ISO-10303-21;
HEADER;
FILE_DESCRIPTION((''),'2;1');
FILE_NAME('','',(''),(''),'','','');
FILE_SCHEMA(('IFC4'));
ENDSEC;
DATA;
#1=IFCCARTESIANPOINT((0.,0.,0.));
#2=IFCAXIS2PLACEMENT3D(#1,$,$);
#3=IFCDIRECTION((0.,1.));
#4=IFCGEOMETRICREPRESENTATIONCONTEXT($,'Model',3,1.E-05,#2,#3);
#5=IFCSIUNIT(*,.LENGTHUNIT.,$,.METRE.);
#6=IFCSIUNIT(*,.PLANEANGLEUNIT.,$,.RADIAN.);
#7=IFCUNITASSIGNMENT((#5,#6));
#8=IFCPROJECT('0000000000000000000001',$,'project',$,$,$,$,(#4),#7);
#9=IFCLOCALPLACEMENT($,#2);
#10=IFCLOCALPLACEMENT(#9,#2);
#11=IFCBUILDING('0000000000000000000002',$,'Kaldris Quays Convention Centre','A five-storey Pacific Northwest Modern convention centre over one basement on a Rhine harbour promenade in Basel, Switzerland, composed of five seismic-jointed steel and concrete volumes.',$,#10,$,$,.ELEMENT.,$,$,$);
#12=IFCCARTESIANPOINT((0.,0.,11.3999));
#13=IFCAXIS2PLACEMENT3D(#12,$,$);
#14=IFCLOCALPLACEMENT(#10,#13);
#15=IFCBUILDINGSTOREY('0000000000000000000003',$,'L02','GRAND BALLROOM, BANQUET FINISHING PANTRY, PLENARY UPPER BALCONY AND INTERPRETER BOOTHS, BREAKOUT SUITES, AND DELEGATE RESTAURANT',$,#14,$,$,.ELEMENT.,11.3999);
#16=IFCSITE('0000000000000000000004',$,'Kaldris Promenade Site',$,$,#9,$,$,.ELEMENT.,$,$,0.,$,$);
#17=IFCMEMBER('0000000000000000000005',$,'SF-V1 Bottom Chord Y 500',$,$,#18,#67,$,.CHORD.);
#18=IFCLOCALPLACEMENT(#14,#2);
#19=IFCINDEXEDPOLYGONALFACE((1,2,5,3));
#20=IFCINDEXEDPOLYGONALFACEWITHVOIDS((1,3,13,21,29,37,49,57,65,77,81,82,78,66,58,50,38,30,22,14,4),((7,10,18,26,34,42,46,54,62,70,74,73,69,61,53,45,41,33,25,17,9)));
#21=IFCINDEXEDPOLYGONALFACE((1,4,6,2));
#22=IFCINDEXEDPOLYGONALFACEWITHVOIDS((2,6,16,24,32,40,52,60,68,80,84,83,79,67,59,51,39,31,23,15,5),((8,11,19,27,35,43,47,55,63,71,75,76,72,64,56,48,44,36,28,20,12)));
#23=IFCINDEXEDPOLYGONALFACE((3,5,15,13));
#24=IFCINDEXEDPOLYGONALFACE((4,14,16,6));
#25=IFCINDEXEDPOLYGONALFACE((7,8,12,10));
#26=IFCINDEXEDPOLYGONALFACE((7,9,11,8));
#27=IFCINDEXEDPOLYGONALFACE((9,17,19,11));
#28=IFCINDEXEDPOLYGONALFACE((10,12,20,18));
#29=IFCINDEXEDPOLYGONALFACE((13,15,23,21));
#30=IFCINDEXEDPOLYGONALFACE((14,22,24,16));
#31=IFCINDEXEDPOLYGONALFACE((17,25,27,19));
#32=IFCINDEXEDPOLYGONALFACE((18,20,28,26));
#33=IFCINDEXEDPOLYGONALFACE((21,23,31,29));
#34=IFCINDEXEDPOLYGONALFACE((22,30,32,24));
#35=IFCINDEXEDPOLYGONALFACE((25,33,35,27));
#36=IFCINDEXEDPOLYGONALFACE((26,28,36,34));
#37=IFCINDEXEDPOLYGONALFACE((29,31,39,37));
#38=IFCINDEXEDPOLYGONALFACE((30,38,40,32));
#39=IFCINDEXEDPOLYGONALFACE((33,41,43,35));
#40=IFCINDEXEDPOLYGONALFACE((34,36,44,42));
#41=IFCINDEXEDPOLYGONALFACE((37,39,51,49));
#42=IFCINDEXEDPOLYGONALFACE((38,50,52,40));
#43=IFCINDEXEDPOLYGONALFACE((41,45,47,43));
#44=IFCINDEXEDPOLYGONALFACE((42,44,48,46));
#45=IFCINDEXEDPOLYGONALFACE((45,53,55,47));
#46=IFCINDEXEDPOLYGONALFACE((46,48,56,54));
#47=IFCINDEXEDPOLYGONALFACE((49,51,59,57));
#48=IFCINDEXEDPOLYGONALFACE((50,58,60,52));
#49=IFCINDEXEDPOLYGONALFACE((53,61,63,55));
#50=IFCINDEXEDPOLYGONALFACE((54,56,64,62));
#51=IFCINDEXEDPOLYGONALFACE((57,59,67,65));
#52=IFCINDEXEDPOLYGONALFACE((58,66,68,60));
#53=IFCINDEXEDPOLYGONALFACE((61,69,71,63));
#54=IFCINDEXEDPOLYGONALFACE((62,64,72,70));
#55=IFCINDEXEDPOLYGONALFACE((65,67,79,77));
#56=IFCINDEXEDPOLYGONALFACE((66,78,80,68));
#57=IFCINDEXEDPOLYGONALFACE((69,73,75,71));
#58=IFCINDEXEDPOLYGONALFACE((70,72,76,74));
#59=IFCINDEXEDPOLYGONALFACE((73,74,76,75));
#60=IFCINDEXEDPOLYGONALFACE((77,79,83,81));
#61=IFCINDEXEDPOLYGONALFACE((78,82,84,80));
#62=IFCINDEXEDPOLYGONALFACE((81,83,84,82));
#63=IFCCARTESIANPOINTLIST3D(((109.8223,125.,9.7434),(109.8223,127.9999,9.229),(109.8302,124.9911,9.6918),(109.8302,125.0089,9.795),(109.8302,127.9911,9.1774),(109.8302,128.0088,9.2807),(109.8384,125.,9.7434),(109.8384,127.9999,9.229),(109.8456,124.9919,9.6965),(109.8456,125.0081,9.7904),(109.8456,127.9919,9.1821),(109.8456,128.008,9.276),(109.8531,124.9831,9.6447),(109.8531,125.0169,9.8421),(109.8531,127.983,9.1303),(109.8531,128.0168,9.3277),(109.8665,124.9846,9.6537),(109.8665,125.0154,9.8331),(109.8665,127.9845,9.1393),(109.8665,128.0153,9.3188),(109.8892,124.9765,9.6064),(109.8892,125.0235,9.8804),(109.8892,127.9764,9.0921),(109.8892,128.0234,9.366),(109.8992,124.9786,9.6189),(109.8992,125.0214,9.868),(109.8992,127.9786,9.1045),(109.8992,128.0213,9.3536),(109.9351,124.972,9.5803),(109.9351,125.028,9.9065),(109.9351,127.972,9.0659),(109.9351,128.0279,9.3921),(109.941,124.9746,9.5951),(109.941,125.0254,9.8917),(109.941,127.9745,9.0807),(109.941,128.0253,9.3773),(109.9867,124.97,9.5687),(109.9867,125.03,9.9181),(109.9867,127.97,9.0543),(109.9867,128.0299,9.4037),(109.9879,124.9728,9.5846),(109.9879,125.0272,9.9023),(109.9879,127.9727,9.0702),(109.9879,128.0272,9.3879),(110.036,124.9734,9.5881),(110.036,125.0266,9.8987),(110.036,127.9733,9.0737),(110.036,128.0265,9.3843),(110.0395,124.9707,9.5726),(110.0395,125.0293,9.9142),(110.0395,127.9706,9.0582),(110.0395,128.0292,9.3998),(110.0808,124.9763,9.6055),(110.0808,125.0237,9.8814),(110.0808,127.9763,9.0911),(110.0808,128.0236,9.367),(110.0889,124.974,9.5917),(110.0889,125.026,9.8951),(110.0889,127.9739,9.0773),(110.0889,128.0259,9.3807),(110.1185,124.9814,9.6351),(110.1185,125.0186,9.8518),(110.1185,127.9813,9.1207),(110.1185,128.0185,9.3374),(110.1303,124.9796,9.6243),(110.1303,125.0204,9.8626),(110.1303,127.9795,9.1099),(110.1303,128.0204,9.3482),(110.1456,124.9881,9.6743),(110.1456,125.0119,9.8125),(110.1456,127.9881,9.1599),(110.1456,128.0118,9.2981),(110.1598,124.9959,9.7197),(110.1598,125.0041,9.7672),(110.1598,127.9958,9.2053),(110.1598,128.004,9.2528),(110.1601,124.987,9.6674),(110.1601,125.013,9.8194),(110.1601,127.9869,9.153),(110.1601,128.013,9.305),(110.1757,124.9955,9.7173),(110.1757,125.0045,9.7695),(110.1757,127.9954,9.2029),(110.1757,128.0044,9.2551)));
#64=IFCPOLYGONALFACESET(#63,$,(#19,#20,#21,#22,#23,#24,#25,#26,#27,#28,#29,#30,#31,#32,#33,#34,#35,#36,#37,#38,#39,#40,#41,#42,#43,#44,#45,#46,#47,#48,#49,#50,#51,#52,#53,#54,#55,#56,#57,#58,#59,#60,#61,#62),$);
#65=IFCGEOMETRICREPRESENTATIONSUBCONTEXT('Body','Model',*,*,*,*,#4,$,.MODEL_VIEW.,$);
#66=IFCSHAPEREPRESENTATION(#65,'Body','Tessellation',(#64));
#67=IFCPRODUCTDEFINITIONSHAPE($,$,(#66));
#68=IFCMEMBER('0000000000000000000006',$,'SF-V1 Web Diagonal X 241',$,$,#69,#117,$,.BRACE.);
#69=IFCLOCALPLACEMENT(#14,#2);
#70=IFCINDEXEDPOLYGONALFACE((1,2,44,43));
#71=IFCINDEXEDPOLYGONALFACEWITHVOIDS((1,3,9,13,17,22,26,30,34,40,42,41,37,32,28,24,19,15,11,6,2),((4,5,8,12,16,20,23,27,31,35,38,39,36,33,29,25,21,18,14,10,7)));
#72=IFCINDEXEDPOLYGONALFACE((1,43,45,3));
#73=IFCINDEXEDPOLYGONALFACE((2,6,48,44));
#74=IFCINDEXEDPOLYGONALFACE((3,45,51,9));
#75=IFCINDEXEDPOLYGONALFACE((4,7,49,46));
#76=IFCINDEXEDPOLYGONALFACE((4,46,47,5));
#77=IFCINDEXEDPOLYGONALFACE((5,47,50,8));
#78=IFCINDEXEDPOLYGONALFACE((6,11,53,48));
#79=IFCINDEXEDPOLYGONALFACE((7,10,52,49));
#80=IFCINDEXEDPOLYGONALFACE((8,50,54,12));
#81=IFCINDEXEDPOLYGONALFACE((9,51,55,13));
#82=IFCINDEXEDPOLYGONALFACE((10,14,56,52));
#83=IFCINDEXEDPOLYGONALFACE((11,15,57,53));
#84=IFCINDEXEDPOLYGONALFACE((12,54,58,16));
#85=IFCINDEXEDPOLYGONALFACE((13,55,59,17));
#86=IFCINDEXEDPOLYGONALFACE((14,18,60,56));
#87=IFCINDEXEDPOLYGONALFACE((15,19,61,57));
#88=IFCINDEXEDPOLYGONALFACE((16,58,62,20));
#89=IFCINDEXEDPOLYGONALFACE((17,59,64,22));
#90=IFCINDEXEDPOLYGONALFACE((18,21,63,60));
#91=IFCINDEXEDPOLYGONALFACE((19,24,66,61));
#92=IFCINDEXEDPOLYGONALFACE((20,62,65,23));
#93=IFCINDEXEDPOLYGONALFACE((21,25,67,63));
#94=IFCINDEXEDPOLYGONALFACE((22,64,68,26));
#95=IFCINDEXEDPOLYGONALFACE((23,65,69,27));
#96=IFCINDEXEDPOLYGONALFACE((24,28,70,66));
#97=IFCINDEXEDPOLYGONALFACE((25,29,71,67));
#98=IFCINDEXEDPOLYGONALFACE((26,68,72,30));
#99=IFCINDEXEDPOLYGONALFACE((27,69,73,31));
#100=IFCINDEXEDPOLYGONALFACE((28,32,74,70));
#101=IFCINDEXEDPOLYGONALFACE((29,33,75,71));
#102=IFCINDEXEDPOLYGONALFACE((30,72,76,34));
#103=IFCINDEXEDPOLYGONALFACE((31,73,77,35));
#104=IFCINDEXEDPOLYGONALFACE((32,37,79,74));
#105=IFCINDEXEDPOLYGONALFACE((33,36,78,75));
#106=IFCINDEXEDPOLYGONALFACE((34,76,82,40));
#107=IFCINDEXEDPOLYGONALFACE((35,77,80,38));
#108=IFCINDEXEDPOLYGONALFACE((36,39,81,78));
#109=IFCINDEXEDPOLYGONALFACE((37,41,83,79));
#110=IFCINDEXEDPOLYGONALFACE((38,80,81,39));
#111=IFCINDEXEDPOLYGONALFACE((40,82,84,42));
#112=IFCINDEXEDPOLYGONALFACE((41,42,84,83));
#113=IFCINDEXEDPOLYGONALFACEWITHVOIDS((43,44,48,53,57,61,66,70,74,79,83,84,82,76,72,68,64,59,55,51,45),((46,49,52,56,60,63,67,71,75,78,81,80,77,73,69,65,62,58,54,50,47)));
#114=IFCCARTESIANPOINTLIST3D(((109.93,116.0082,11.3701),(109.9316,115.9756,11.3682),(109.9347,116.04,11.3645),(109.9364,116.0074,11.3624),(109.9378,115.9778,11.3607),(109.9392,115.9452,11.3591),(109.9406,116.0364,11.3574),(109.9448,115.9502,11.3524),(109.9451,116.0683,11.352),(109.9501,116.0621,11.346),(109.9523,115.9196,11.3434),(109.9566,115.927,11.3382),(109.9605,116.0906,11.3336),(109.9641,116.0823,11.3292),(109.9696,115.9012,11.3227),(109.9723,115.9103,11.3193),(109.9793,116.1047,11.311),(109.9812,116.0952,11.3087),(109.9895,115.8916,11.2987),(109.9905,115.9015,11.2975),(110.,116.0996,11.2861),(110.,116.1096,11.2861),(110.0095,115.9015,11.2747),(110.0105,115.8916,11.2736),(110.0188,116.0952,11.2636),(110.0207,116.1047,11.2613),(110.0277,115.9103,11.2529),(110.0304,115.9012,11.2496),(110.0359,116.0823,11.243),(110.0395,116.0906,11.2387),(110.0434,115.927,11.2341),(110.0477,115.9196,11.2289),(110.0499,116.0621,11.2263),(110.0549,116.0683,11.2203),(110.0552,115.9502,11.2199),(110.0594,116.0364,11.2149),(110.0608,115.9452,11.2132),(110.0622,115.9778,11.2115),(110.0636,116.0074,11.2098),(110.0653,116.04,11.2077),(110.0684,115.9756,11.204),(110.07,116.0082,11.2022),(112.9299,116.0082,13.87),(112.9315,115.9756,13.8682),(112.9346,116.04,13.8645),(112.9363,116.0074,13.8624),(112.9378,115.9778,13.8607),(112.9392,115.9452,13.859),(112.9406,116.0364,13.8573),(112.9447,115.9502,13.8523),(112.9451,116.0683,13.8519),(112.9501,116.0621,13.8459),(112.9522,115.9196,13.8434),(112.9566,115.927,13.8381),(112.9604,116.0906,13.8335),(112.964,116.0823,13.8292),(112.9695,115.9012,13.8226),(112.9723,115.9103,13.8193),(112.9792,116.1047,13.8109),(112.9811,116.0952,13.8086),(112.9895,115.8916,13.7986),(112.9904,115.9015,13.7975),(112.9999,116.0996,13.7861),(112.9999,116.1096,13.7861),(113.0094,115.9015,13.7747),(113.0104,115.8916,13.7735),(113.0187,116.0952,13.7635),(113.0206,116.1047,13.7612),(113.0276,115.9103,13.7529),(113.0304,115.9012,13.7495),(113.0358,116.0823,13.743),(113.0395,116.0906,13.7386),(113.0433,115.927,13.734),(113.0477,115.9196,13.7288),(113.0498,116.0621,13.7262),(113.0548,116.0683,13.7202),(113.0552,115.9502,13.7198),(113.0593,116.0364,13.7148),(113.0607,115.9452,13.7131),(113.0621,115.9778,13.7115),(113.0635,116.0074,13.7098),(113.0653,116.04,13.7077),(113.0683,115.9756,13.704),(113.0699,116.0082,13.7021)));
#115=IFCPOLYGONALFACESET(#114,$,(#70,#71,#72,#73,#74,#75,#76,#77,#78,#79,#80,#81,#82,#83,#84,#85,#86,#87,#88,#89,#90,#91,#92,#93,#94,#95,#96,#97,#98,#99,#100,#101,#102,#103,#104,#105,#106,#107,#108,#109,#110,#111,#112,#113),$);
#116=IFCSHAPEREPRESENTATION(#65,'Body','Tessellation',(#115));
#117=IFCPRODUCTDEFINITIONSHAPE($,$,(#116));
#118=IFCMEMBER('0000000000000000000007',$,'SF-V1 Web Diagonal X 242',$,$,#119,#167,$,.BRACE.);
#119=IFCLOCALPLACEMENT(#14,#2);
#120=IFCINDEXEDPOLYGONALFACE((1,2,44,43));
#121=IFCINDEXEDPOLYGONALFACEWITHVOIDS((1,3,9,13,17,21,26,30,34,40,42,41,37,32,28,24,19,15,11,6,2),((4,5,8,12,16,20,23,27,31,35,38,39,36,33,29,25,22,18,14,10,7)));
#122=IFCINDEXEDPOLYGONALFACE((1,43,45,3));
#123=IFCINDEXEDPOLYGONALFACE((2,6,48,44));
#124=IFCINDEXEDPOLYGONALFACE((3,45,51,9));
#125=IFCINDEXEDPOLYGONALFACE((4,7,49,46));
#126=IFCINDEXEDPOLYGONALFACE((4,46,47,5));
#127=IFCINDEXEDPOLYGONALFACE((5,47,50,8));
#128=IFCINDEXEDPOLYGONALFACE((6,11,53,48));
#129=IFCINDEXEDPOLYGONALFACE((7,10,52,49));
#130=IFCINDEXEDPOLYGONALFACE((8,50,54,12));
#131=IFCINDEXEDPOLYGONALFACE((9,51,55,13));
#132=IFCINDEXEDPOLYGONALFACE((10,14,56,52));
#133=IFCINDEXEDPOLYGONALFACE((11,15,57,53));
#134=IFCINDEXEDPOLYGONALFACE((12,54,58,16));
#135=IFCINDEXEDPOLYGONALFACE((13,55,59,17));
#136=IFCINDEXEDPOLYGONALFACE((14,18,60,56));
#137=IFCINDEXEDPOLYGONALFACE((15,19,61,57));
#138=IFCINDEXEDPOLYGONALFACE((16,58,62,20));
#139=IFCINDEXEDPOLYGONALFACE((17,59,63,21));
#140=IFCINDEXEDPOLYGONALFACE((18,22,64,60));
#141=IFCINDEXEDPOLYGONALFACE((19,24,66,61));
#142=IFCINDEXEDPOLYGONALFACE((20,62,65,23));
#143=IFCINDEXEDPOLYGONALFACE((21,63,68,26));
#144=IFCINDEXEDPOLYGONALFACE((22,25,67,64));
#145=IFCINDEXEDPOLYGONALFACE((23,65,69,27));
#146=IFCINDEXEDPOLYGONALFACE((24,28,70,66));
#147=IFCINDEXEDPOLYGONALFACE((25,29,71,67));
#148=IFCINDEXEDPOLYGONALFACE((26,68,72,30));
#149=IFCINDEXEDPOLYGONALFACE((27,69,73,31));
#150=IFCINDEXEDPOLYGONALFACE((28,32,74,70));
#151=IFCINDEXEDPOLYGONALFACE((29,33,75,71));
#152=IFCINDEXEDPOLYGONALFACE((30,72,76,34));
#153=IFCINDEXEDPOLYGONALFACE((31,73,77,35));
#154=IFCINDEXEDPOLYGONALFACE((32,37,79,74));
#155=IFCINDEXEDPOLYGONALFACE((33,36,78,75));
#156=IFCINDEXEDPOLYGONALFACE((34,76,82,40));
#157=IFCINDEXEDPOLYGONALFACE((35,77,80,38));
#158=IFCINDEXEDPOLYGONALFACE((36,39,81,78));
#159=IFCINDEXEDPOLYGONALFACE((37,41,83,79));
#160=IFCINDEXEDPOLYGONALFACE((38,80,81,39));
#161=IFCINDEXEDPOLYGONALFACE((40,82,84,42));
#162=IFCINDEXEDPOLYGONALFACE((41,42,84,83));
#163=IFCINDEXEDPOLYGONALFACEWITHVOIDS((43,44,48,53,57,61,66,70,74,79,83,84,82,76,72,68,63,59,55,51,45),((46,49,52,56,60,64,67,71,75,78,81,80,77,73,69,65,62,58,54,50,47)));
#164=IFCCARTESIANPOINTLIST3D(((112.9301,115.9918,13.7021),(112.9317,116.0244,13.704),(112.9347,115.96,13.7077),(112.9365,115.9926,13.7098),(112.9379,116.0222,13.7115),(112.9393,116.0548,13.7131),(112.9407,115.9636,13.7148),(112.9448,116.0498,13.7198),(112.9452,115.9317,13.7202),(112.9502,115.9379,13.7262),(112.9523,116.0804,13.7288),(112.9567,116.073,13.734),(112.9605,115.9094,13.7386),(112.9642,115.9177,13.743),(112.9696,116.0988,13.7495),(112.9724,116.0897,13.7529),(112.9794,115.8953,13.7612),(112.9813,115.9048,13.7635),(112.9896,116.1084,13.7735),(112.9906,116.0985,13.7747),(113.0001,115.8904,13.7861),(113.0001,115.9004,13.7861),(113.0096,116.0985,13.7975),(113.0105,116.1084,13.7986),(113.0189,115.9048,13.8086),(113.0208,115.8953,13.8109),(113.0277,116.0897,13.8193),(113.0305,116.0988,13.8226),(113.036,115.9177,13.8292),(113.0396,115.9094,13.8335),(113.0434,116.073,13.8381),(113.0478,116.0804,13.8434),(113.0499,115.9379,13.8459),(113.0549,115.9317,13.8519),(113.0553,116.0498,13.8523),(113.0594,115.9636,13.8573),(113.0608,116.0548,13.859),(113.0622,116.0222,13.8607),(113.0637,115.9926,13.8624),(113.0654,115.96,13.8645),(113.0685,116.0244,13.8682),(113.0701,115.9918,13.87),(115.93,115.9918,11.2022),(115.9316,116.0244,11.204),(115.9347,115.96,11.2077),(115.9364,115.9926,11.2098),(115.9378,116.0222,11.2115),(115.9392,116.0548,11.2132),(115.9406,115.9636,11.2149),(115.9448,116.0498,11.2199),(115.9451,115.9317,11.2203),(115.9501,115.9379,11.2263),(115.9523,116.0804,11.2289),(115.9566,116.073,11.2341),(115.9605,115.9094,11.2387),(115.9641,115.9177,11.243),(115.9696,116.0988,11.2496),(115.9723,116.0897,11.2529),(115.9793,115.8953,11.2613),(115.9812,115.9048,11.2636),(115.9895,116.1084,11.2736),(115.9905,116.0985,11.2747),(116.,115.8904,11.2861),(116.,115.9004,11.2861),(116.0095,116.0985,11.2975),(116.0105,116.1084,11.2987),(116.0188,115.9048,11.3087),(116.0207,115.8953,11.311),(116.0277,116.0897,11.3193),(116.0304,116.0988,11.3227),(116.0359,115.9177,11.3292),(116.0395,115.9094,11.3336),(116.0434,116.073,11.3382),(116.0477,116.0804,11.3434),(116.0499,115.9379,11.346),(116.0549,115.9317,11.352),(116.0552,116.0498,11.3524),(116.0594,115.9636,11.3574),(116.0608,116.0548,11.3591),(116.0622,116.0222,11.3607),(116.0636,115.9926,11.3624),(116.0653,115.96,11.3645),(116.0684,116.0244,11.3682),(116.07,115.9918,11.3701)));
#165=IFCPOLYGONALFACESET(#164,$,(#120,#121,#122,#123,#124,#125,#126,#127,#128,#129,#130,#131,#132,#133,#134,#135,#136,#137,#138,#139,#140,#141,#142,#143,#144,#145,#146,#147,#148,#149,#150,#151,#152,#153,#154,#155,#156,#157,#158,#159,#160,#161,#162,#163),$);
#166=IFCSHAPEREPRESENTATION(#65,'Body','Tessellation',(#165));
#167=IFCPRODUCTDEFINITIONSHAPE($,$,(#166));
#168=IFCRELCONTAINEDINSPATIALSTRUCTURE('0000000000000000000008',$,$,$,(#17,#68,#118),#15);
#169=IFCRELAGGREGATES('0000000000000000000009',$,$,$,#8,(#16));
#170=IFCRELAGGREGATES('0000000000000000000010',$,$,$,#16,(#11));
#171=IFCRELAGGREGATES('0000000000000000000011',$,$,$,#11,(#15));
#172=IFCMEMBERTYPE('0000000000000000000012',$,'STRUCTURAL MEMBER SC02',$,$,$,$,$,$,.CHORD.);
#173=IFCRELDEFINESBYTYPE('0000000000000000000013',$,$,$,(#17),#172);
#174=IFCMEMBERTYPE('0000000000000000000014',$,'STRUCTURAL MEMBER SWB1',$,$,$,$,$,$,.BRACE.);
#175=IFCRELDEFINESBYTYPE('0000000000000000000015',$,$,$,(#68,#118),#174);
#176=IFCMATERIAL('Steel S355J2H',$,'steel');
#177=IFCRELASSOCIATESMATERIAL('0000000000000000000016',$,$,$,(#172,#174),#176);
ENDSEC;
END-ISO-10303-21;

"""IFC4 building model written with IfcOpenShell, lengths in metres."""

from ifc_helpers import new_model, si_unit, direction, frame, origin, origin_2d, place, context, subcontext, project, spatial, hollow_circle, extrude, material, material_profile, profile_set, type_object, element, save


model = new_model("IFC4")

# Units and contexts
model_context = context("Model", 3, precision=1e-05, world=origin(), true_north=direction((0.0, 1.0)))
body_context = subcontext(model_context, "Body", "Model", "MODEL_VIEW")
ifc_project = project(units=[si_unit("LENGTHUNIT", "METRE"), si_unit("PLANEANGLEUNIT", "RADIAN")], contexts=[model_context])

# Site, building, storey
site_placement = place(None, origin())
site = spatial("IfcSite", under=ifc_project, at=site_placement, Name="Kaldris Promenade Site", CompositionType="ELEMENT", RefElevation=0.0)
building_placement = place(site_placement, origin())
building = spatial("IfcBuilding", under=site, at=building_placement, Name="Kaldris Quays Convention Centre", Description="A five-storey Pacific Northwest Modern convention centre over one basement on a Rhine harbour promenade in Basel, Switzerland, composed of five seismic-jointed steel and concrete volumes.", CompositionType="ELEMENT")
storey_placement = place(building_placement, frame((0.0, 0.0, 11.3999)))
storey = spatial("IfcBuildingStorey", under=building, at=storey_placement, Name="L02", Description="GRAND BALLROOM, BANQUET FINISHING PANTRY, PLENARY UPPER BALCONY AND INTERPRETER BOOTHS, BREAKOUT SUITES, AND DELEGATE RESTAURANT", CompositionType="ELEMENT", Elevation=11.3999)

# Members
ifc_material_1 = material(Name="Steel S355J2H", Category="steel")
ifc_material_profile_1 = material_profile(ifc_material_1, hollow_circle(Radius=0.1777, WallThickness=0.0161, at=origin_2d()), Name="CHS 355.6x16")
ifc_profile_set_1 = profile_set([ifc_material_profile_1], Name="Steel S355J2H")
member_type_1 = type_object("IfcMemberType", Name="STRUCTURAL MEMBER SC02", PredefinedType="CHORD", material=ifc_profile_set_1)
for number, where, z_axis, x_axis, name in (
    (1, (110.0, 125.0, 9.7434), (0.0, 0.985616, -0.169002), (-1.0, 0.0, 0.0), "SF-V1 Bottom Chord Y 500"),
):
    element("IfcMember", number, at=place(storey_placement, frame(where, z_axis=z_axis, x_axis=x_axis)), inside=storey, type_object=member_type_1, Name=name, PredefinedType="CHORD", context=body_context, shape_type="SweptSolid", body=[
        extrude(hollow_circle(Radius=0.1777, WallThickness=0.0161, at=origin_2d()), origin(), (0.0, 0.0, 1.0), 3.0437),
    ])
ifc_material_profile_2 = material_profile(ifc_material_1, hollow_circle(Radius=0.1096, WallThickness=0.01, at=origin_2d()), Name="CHS 219.1x10")
ifc_profile_set_2 = profile_set([ifc_material_profile_2], Name="Steel S355J2H")
member_type_2 = type_object("IfcMemberType", Name="STRUCTURAL MEMBER SWB1", PredefinedType="BRACE", material=ifc_profile_set_2)
for number, where, z_axis, x_axis, name in (
    (2, (110.0, 116.0, 11.2861), (0.768221, 0.0, 0.640184), (0.0, 1.0, 0.0), "SF-V1 Web Diagonal X 241"),
    (3, (116.0, 116.0, 11.2861), (-0.768221, 0.0, 0.640184), (0.0, -1.0, 0.0), "SF-V1 Web Diagonal X 242"),
):
    element("IfcMember", number, at=place(storey_placement, frame(where, z_axis=z_axis, x_axis=x_axis)), inside=storey, type_object=member_type_2, Name=name, PredefinedType="BRACE", context=body_context, shape_type="SweptSolid", body=[
        extrude(hollow_circle(Radius=0.1096, WallThickness=0.01, at=origin_2d()), origin(), (0.0, 0.0, 1.0), 3.905),
    ])

save(model, "model.ifc")
